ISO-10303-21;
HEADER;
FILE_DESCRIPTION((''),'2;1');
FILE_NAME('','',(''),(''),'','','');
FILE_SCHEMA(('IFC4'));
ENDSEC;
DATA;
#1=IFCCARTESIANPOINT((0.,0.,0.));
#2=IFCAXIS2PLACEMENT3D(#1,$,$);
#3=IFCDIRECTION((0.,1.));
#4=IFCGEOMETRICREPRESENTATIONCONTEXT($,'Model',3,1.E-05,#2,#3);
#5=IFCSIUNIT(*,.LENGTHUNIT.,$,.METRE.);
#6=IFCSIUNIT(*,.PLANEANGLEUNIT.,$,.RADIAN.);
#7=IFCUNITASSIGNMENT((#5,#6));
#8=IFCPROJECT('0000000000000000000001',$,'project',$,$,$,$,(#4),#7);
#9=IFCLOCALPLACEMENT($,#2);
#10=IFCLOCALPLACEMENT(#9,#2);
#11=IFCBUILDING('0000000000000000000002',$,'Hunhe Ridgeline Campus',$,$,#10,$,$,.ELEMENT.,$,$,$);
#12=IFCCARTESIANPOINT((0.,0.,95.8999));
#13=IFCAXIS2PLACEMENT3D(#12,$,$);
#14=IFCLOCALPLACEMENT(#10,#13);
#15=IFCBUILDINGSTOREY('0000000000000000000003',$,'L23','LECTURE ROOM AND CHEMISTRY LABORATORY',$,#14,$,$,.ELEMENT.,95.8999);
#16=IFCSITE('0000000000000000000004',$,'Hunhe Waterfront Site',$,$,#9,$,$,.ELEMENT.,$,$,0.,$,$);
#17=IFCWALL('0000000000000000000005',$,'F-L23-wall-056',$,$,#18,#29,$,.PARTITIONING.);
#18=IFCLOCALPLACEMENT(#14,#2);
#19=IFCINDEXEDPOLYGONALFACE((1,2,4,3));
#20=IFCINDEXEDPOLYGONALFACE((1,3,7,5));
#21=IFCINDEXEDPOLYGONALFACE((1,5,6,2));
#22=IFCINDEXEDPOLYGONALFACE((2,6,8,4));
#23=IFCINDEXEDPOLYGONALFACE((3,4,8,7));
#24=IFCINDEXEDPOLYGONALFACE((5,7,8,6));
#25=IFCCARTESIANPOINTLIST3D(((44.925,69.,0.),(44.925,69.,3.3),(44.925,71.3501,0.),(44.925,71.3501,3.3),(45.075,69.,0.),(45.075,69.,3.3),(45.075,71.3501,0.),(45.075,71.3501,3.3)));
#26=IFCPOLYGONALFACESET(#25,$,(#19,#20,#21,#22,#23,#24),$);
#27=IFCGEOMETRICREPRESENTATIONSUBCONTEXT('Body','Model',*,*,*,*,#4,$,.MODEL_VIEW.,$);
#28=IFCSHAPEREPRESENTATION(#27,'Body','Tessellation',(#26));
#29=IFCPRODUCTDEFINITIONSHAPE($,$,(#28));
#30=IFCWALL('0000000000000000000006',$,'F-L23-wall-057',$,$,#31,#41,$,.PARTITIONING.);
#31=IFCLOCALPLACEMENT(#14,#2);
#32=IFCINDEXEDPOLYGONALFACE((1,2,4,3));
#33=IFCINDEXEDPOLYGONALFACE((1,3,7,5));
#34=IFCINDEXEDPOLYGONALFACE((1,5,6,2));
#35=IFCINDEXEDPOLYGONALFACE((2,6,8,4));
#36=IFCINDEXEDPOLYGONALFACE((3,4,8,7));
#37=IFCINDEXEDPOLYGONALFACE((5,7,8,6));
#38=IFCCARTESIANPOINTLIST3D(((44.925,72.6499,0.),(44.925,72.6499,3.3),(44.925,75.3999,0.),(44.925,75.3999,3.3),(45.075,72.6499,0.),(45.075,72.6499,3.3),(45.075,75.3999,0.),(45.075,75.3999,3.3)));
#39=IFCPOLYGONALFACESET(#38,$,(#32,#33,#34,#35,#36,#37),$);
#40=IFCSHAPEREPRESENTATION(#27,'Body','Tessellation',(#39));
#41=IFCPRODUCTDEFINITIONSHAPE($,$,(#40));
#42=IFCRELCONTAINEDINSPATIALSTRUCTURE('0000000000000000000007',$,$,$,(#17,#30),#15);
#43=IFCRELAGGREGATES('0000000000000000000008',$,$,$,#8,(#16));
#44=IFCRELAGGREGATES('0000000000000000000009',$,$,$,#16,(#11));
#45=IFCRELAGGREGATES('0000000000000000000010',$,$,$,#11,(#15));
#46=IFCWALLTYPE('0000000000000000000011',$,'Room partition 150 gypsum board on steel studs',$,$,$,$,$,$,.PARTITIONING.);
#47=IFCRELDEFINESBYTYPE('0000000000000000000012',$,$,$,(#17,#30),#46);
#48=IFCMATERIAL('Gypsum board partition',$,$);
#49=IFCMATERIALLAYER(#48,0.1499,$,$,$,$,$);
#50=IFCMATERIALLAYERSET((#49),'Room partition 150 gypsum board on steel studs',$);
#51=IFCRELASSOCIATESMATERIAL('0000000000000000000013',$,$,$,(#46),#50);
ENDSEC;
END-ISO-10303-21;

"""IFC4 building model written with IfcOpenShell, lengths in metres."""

from ifc_helpers import new_model, si_unit, direction, frame, frame_2d, origin, place, context, subcontext, project, spatial, rectangle, extrude, material, layer, layer_set, type_object, element, save


model = new_model("IFC4")

# Units and contexts
model_context = context("Model", 3, precision=1e-05, world=origin(), true_north=direction((0.0, 1.0)))
body_context = subcontext(model_context, "Body", "Model", "MODEL_VIEW")
ifc_project = project(units=[si_unit("LENGTHUNIT", "METRE"), si_unit("PLANEANGLEUNIT", "RADIAN")], contexts=[model_context])

# Site, building, storey
site_placement = place(None, origin())
site = spatial("IfcSite", under=ifc_project, at=site_placement, Name="Hunhe Waterfront Site", CompositionType="ELEMENT", RefElevation=0.0)
building_placement = place(site_placement, origin())
building = spatial("IfcBuilding", under=site, at=building_placement, Name="Hunhe Ridgeline Campus", CompositionType="ELEMENT")
storey_placement = place(building_placement, frame((0.0, 0.0, 95.8999)))
storey = spatial("IfcBuildingStorey", under=building, at=storey_placement, Name="L23", Description="LECTURE ROOM AND CHEMISTRY LABORATORY", CompositionType="ELEMENT", Elevation=95.8999)

# Shared definitions
ifc_material_1 = material(Name="Gypsum board partition")

# Walls
ifc_layer_1 = layer(ifc_material_1, 0.1499)
ifc_layer_set_1 = layer_set([ifc_layer_1], Name="Room partition 150 gypsum board on steel studs")
wall_type_1 = type_object("IfcWallType", Name="Room partition 150 gypsum board on steel studs", PredefinedType="PARTITIONING", material=ifc_layer_set_1)
wall_1_placement = place(storey_placement, frame((45.0, 71.3501, 0.0), z_axis=(0.0, 0.0, 1.0), x_axis=(0.0, -1.0, 0.0)))
element("IfcWall", 1, at=wall_1_placement, inside=storey, type_object=wall_type_1, Name="F-L23-wall-056", PredefinedType="PARTITIONING", context=body_context, shape_type="SweptSolid", body=[
    extrude(rectangle(XDim=2.3501, YDim=0.1499, at=frame_2d((1.175, 0.0))), origin(), (0.0, 0.0, 1.0), 3.3),
])
wall_2_placement = place(storey_placement, frame((45.0, 75.3999, 0.0), z_axis=(0.0, 0.0, 1.0), x_axis=(0.0, -1.0, 0.0)))
element("IfcWall", 2, at=wall_2_placement, inside=storey, type_object=wall_type_1, Name="F-L23-wall-057", PredefinedType="PARTITIONING", context=body_context, shape_type="SweptSolid", body=[
    extrude(rectangle(XDim=2.75, YDim=0.1499, at=frame_2d((1.375, 0.0))), origin(), (0.0, 0.0, 1.0), 3.3),
])

save(model, "model.ifc")
